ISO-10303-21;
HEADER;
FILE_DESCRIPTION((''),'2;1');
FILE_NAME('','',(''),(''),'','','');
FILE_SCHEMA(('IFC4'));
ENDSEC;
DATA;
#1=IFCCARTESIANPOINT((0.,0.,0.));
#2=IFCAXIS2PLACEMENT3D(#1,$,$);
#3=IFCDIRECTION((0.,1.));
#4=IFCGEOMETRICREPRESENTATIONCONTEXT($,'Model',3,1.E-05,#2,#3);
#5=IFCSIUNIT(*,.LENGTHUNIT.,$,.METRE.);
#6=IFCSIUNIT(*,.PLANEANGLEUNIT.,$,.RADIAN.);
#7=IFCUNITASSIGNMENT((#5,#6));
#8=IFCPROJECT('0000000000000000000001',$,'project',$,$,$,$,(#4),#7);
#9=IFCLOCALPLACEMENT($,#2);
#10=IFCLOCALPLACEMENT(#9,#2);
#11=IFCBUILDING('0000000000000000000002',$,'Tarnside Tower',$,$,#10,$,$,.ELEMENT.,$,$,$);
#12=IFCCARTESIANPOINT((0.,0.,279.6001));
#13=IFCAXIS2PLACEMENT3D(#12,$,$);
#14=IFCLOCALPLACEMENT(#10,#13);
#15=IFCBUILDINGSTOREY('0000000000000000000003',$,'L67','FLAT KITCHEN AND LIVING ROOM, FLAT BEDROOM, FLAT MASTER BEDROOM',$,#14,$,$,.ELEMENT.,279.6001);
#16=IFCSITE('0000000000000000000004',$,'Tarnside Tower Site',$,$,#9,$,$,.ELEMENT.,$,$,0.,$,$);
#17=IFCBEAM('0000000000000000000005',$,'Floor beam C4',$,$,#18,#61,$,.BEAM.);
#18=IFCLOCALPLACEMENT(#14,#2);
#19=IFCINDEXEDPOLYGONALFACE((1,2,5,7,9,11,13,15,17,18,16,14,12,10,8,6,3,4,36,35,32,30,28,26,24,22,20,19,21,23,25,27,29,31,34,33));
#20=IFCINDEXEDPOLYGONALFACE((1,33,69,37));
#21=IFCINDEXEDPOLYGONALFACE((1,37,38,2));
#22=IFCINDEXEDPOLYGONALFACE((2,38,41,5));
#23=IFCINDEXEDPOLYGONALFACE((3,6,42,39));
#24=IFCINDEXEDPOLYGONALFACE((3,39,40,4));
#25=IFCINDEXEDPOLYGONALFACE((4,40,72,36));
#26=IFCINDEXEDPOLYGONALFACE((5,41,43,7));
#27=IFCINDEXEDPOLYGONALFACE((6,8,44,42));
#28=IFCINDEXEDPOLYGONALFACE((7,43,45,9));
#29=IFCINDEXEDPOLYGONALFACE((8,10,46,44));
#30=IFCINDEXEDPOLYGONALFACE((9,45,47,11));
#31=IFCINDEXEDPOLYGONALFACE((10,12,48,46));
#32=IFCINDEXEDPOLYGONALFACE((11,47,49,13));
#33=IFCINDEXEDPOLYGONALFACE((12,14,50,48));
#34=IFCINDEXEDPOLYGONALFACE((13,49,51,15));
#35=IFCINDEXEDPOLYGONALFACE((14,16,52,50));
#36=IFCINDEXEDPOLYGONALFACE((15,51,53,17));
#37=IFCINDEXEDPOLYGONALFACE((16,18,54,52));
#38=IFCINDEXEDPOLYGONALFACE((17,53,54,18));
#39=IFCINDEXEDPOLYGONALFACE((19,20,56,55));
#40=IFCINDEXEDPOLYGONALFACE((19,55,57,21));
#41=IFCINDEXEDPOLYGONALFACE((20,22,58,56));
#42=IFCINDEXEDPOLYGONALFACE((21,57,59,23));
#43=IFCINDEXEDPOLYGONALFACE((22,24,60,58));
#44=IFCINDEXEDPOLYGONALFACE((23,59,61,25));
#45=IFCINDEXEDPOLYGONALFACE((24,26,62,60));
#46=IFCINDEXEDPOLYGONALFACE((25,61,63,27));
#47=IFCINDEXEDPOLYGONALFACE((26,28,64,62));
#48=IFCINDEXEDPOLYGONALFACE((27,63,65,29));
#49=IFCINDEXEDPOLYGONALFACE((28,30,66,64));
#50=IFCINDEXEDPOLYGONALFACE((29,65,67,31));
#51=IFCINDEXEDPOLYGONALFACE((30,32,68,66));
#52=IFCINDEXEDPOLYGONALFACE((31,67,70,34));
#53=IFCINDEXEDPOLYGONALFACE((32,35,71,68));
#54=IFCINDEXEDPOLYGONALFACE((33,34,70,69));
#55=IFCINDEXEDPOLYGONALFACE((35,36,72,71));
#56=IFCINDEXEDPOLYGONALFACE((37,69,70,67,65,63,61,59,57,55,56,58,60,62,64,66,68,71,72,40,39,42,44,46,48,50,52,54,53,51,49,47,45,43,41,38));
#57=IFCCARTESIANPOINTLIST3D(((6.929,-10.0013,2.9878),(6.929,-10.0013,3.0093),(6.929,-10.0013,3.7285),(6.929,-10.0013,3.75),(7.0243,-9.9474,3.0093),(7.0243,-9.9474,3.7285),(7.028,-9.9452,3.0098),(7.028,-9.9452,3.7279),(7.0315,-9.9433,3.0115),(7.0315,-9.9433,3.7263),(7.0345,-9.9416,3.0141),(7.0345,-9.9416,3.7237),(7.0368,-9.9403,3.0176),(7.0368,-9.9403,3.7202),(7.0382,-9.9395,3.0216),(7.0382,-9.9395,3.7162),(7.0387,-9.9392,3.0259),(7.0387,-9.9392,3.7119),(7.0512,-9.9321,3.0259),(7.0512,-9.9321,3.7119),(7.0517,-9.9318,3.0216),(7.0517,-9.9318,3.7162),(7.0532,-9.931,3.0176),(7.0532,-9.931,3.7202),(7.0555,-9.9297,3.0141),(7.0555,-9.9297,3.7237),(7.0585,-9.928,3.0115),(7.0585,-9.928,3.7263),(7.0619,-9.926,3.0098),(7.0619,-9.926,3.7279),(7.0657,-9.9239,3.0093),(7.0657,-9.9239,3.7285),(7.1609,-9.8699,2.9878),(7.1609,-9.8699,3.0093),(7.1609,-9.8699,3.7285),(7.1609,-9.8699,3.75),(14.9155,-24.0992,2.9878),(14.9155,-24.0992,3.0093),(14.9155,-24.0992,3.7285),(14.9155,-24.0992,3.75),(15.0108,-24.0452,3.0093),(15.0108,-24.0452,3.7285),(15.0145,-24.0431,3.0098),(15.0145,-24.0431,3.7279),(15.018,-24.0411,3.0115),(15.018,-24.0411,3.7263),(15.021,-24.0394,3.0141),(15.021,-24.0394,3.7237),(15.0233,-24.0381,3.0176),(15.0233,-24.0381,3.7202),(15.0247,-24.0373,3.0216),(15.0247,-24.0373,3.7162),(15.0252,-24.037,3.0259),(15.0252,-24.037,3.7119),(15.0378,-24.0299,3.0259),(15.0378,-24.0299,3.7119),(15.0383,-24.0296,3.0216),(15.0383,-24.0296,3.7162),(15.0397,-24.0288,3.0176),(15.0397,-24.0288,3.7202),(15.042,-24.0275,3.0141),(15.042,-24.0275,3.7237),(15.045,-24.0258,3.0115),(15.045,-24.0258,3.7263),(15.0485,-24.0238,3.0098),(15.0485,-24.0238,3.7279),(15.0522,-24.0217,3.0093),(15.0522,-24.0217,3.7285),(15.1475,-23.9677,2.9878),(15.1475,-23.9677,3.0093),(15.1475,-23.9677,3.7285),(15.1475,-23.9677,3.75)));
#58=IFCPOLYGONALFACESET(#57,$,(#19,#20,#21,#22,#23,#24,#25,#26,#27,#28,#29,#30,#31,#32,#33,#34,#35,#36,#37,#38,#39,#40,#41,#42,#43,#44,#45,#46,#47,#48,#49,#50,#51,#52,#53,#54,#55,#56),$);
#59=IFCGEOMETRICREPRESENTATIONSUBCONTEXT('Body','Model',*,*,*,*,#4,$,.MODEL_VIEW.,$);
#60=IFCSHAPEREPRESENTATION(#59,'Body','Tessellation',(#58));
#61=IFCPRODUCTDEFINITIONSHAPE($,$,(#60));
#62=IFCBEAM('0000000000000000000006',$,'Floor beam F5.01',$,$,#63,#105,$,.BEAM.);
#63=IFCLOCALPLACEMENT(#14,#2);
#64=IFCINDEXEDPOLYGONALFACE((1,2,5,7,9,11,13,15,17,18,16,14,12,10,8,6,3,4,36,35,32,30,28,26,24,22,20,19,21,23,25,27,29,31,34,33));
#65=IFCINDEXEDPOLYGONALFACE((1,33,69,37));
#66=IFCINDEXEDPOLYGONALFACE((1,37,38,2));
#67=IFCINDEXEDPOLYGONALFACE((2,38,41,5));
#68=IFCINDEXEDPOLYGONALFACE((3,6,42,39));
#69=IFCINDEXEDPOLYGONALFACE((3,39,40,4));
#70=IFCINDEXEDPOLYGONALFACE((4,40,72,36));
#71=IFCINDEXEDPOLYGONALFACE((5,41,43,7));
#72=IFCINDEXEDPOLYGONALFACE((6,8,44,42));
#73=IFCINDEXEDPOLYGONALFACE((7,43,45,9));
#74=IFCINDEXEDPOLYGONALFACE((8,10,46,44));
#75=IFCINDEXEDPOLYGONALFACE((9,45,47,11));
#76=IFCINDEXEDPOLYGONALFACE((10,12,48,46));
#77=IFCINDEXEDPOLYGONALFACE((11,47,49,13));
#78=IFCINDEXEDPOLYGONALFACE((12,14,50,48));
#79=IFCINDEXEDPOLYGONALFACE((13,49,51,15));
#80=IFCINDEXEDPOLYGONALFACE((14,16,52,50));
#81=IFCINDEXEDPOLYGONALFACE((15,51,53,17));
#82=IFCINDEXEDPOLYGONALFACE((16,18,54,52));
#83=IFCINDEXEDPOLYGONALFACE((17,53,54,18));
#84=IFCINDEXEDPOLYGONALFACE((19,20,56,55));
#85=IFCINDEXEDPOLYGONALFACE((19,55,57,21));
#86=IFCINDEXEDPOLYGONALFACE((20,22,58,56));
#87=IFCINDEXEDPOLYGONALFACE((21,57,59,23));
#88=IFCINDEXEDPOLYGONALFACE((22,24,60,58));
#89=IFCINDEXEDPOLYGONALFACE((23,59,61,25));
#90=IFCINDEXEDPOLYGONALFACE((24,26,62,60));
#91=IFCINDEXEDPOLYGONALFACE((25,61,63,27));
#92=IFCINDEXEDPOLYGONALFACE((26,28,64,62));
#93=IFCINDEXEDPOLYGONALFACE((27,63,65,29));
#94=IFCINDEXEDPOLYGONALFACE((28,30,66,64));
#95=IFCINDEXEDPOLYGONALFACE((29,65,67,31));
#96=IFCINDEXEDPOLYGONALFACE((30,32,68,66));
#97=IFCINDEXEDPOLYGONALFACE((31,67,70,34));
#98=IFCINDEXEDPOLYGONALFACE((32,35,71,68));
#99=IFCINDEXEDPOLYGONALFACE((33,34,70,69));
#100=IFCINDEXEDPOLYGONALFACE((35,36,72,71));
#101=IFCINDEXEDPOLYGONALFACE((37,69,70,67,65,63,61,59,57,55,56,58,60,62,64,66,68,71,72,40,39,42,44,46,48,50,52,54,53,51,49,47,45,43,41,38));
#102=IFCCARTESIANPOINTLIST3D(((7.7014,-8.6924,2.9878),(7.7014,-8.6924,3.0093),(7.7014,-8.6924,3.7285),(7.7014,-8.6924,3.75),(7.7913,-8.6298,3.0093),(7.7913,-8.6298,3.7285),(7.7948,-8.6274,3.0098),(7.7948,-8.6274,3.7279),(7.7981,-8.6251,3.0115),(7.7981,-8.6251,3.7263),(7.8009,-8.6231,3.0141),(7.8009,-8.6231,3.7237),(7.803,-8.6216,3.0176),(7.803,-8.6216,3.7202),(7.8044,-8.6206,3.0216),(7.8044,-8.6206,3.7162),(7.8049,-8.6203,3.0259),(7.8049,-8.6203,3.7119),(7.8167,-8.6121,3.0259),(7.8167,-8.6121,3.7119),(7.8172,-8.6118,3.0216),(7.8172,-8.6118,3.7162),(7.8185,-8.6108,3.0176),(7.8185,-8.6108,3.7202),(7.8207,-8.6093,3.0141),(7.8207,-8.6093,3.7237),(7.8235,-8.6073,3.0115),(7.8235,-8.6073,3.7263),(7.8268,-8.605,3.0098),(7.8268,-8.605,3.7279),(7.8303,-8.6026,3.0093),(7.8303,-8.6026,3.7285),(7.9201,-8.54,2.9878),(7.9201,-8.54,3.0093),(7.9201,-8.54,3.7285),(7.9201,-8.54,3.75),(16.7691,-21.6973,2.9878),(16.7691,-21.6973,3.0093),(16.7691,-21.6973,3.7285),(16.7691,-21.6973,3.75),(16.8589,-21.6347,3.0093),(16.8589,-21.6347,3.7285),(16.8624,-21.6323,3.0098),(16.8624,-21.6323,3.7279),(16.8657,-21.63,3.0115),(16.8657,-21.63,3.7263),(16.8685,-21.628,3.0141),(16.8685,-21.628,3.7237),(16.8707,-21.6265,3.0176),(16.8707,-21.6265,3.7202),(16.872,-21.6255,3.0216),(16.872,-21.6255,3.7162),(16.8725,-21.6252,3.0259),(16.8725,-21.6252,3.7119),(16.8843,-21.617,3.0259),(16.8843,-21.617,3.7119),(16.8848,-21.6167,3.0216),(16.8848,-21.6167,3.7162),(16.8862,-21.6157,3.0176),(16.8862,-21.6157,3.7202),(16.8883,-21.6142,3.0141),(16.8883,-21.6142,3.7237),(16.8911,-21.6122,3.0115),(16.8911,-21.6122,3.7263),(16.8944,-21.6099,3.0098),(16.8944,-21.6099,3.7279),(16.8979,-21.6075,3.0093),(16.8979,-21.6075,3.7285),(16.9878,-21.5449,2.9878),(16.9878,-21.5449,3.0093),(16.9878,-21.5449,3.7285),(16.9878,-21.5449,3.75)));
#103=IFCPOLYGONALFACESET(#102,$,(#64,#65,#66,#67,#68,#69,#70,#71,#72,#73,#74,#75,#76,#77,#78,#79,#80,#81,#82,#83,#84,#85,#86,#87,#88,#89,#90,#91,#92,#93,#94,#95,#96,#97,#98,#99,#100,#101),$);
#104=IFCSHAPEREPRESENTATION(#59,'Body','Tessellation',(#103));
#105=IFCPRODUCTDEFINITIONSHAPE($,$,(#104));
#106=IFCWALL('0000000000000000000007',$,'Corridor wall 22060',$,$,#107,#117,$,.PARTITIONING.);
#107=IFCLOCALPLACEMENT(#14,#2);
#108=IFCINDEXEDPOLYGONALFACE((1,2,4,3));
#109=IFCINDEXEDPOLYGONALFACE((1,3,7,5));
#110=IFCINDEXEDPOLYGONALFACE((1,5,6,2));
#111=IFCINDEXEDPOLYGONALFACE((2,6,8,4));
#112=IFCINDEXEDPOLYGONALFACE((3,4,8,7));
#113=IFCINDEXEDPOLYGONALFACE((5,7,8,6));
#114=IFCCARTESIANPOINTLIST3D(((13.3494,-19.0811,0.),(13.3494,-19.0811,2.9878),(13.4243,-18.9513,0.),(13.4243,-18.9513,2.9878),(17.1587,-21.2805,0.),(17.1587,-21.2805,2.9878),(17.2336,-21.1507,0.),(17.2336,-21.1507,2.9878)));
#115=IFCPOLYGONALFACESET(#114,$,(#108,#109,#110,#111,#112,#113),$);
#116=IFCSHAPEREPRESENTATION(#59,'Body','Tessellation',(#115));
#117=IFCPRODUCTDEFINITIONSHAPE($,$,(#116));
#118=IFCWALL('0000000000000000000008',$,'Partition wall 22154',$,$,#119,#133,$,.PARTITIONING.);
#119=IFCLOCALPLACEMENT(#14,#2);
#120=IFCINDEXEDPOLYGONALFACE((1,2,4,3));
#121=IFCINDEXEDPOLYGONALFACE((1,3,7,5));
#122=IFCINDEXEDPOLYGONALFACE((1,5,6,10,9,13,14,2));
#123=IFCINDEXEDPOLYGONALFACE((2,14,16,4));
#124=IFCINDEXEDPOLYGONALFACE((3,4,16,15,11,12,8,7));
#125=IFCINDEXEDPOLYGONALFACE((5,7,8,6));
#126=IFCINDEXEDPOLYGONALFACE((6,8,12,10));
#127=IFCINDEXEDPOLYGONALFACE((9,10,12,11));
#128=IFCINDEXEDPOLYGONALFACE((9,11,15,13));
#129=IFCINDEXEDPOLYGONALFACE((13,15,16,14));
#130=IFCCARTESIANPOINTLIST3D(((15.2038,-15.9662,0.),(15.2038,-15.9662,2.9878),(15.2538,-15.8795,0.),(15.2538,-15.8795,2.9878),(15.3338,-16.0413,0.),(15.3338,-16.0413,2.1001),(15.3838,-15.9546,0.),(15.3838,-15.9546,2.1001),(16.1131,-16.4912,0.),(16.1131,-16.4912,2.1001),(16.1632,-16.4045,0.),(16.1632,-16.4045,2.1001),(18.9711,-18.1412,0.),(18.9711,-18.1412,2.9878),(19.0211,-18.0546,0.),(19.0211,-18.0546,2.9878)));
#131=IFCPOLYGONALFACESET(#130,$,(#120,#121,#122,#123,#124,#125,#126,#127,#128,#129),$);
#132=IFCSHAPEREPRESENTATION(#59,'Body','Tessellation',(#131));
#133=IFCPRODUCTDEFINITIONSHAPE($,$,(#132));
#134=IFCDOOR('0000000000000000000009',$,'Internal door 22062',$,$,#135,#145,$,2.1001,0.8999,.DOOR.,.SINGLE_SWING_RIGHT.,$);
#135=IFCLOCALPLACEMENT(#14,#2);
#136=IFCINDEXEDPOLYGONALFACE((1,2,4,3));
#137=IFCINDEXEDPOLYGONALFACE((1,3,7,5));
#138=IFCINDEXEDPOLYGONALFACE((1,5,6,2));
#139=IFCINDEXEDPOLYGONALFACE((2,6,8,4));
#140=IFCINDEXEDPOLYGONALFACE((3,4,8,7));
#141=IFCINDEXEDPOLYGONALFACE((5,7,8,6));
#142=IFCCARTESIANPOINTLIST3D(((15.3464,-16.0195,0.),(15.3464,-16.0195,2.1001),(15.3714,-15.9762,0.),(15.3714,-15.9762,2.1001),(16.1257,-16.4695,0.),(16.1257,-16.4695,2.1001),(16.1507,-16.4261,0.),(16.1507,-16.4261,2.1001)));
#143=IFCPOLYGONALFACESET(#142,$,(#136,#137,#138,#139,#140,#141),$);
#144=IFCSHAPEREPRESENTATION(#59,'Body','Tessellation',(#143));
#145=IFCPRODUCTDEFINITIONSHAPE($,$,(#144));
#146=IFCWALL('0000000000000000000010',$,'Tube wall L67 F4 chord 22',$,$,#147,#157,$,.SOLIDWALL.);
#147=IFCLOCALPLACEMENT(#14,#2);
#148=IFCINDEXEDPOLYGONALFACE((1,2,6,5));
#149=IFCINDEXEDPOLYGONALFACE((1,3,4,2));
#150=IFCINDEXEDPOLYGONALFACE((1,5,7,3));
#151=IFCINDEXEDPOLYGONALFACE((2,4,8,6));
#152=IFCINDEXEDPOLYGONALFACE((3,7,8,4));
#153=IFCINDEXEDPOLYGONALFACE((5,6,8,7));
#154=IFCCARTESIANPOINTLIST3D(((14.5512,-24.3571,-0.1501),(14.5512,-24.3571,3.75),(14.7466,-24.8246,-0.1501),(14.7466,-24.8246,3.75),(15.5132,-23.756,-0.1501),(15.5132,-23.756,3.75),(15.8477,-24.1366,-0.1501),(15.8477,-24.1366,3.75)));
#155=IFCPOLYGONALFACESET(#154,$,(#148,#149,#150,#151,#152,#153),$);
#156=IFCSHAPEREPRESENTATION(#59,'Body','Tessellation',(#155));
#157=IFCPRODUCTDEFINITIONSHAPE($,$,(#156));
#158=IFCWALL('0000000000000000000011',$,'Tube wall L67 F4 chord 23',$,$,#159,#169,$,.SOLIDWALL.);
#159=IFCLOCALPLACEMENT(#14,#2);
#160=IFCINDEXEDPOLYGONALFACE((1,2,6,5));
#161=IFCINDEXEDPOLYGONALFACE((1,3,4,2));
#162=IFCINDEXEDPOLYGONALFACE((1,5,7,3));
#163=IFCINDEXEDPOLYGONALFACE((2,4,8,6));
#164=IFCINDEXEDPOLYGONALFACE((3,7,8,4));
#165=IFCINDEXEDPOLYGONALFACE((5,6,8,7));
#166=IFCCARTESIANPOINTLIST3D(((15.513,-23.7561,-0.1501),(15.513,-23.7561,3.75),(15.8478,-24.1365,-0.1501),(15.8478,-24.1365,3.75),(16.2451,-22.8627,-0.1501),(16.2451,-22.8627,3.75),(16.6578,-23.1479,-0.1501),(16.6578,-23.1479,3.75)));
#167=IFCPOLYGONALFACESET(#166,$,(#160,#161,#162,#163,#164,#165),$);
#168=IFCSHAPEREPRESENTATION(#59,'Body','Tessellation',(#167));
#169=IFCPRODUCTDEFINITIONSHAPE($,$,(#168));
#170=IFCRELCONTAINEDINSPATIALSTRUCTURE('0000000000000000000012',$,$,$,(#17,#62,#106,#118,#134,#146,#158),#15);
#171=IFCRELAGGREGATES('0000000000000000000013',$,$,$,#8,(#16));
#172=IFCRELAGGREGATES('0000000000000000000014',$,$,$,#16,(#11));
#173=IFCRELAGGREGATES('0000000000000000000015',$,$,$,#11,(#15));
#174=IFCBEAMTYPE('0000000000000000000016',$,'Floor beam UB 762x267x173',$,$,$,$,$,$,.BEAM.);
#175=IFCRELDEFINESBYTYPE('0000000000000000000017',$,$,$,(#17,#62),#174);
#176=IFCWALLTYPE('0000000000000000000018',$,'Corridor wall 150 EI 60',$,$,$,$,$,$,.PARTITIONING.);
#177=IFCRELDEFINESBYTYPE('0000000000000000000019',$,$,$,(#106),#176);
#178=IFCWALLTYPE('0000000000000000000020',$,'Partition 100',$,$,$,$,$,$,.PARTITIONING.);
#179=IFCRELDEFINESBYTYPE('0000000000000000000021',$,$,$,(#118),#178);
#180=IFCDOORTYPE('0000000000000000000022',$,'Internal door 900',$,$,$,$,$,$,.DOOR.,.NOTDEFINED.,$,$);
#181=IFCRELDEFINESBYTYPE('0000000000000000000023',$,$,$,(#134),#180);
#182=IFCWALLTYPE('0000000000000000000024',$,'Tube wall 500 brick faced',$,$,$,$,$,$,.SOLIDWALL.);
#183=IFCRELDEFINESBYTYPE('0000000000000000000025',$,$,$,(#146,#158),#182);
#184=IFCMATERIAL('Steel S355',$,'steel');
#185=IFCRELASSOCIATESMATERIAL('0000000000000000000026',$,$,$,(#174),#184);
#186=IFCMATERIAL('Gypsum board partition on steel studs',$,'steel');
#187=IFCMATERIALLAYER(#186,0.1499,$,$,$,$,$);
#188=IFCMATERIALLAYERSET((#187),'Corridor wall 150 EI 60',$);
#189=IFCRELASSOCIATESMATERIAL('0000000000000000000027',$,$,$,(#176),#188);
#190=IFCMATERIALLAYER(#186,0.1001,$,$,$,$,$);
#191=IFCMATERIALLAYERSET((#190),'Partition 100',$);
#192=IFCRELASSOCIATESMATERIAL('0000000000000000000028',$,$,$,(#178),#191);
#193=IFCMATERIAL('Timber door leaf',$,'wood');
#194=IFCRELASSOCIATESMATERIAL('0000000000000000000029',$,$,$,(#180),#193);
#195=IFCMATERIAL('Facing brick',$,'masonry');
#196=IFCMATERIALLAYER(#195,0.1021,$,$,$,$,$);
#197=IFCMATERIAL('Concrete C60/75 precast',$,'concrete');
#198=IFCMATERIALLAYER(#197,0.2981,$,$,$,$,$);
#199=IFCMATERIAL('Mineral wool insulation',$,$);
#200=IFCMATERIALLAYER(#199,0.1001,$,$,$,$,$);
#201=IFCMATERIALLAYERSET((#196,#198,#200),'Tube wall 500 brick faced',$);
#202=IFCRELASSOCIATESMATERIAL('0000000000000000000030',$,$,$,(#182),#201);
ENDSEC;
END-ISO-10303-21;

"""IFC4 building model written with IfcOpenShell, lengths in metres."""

from ifc_helpers import new_model, si_unit, direction, frame, frame_2d, origin, origin_2d, place, context, subcontext, project, spatial, polyline, rectangle, i_section, outline, extrude, material, layer, layer_set, material_profile, profile_set, type_object, element, fill, save


model = new_model("IFC4")

# Units and contexts
model_context = context("Model", 3, precision=1e-05, world=origin(), true_north=direction((0.0, 1.0)))
body_context = subcontext(model_context, "Body", "Model", "MODEL_VIEW")
ifc_project = project(units=[si_unit("LENGTHUNIT", "METRE"), si_unit("PLANEANGLEUNIT", "RADIAN")], contexts=[model_context])

# Site, building, storey
site_placement = place(None, origin())
site = spatial("IfcSite", under=ifc_project, at=site_placement, Name="Tarnside Tower Site", CompositionType="ELEMENT", RefElevation=0.0)
building_placement = place(site_placement, origin())
building = spatial("IfcBuilding", under=site, at=building_placement, Name="Tarnside Tower", CompositionType="ELEMENT")
storey_placement = place(building_placement, frame((0.0, 0.0, 279.6001)))
storey = spatial("IfcBuildingStorey", under=building, at=storey_placement, Name="L67", Description="FLAT KITCHEN AND LIVING ROOM, FLAT BEDROOM, FLAT MASTER BEDROOM", CompositionType="ELEMENT", Elevation=279.6001)

# Beams
ifc_material_1 = material(Name="Steel S355", Category="steel")
ifc_material_profile = material_profile(ifc_material_1, i_section(OverallWidth=0.2666, OverallDepth=0.7622, WebThickness=0.0144, FlangeThickness=0.0215, FilletRadius=0.0166, at=origin_2d()), Name="UB 762x267x173")
ifc_profile_set = profile_set([ifc_material_profile], Name="Steel S355")
beam_type = type_object("IfcBeamType", Name="Floor beam UB 762x267x173", PredefinedType="BEAM", material=ifc_profile_set)
beam_1_placement = place(storey_placement, frame((15.0315, -24.0334, 3.3689), z_axis=(-0.492908, 0.870081, 0.0), x_axis=(-0.870081, -0.492908, 0.0)))
element("IfcBeam", 1, at=beam_1_placement, inside=storey, type_object=beam_type, Name="Floor beam C4", PredefinedType="BEAM", context=body_context, shape_type="SweptSolid", body=[
    extrude(i_section(OverallWidth=0.2666, OverallDepth=0.7622, WebThickness=0.0144, FlangeThickness=0.0215, FilletRadius=0.0166, at=origin_2d()), origin(), (0.0, 0.0, 1.0), 16.2029),
])
beam_2_placement = place(storey_placement, frame((16.8784, -21.6211, 3.3689), z_axis=(-0.571946, 0.820291, 0.0), x_axis=(-0.820291, -0.571946, 0.0)))
element("IfcBeam", 2, at=beam_2_placement, inside=storey, type_object=beam_type, Name="Floor beam F5.01", PredefinedType="BEAM", context=body_context, shape_type="SweptSolid", body=[
    extrude(i_section(OverallWidth=0.2666, OverallDepth=0.7622, WebThickness=0.0144, FlangeThickness=0.0215, FilletRadius=0.0166, at=origin_2d()), origin(), (0.0, 0.0, 1.0), 15.854),
])

# Wall
ifc_material_2 = material(Name="Gypsum board partition on steel studs", Category="steel")
ifc_layer_1 = layer(ifc_material_2, 0.1499)
ifc_layer_set_1 = layer_set([ifc_layer_1], Name="Corridor wall 150 EI 60")
wall_type_1 = type_object("IfcWallType", Name="Corridor wall 150 EI 60", PredefinedType="PARTITIONING", material=ifc_layer_set_1)
wall_1_placement = place(storey_placement, frame((17.196, -21.2156, 0.0), z_axis=(0.0, 0.0, 1.0), x_axis=(-0.866011, 0.500025, 0.0)))
element("IfcWall", 3, at=wall_1_placement, inside=storey, type_object=wall_type_1, Name="Corridor wall 22060", PredefinedType="PARTITIONING", context=body_context, shape_type="SweptSolid", body=[
    extrude(rectangle(XDim=4.3987, YDim=0.1499, at=frame_2d((2.1992, 0.0))), origin(), (0.0, 0.0, 1.0), 2.9878),
])

# Wall, opening, door
ifc_layer_2 = layer(ifc_material_2, 0.1001)
ifc_layer_set_2 = layer_set([ifc_layer_2], Name="Partition 100")
wall_type_2 = type_object("IfcWallType", Name="Partition 100", PredefinedType="PARTITIONING", material=ifc_layer_set_2)
wall_2_placement = place(storey_placement, frame((18.9961, -18.0979, 0.0), z_axis=(0.0, 0.0, 1.0), x_axis=(-0.866028, 0.499996, 0.0)))
wall_2 = element("IfcWall", 4, at=wall_2_placement, inside=storey, type_object=wall_type_2, Name="Partition wall 22154", PredefinedType="PARTITIONING", context=body_context, shape_type="SweptSolid", body=[
    extrude(rectangle(XDim=4.3501, YDim=0.1001, at=frame_2d((2.175, 0.0))), origin(), (0.0, 0.0, 1.0), 2.9878),
])
opening_1_placement = place(wall_2_placement, frame((3.3, 0.0, 0.0)))
opening_1 = element("IfcOpeningElement", 5, at=opening_1_placement, cuts=wall_2, PredefinedType="OPENING", context=body_context, shape_type="SweptSolid", body=[
    extrude(rectangle(XDim=0.8999, YDim=2.1001, at=frame_2d((0.45, 1.05))), frame((0.0, 0.0601, 0.0), z_axis=(0.0, -1.0, 0.0), x_axis=(1.0, 0.0, 0.0)), (0.0, 0.0, 1.0), 0.1201),
])
ifc_material_3 = material(Name="Timber door leaf", Category="wood")
door_type = type_object("IfcDoorType", Name="Internal door 900", OperationType="NOTDEFINED", PredefinedType="DOOR", material=ifc_material_3)
door_placement = place(opening_1_placement, origin())
door = element("IfcDoor", 6, at=door_placement, inside=storey, type_object=door_type, Name="Internal door 22062", OperationType="SINGLE_SWING_RIGHT", OverallHeight=2.1001, OverallWidth=0.8999, PredefinedType="DOOR", context=body_context, shape_type="SweptSolid", body=[
    extrude(rectangle(XDim=0.8999, YDim=2.1001, at=frame_2d((0.45, 1.05))), frame((0.0, 0.0249, 0.0), z_axis=(0.0, -1.0, 0.0), x_axis=(1.0, 0.0, 0.0)), (0.0, 0.0, 1.0), 0.05),
])
fill(opening_1, door)

# Walls
ifc_material_4 = material(Name="Facing brick", Category="masonry")
ifc_layer_3 = layer(ifc_material_4, 0.1021)
ifc_material_5 = material(Name="Concrete C60/75 precast", Category="concrete")
ifc_layer_4 = layer(ifc_material_5, 0.2981)
ifc_material_6 = material(Name="Mineral wool insulation")
ifc_layer_5 = layer(ifc_material_6, 0.1001)
ifc_layer_set_3 = layer_set([ifc_layer_3, ifc_layer_4, ifc_layer_5], Name="Tube wall 500 brick faced")
wall_type_3 = type_object("IfcWallType", Name="Tube wall 500 brick faced", PredefinedType="SOLIDWALL", material=ifc_layer_set_3)
wall_3_placement = place(storey_placement, frame((14.6489, -24.5908, -0.1501), z_axis=(0.0, 0.0, 1.0), x_axis=(0.848055, 0.529909, 0.0)))
element("IfcWall", 7, at=wall_3_placement, inside=storey, type_object=wall_type_3, Name="Tube wall L67 F4 chord 22", PredefinedType="SOLIDWALL", context=body_context, shape_type="SweptSolid", body=[
    extrude(outline(polyline([(-0.041, -0.25), (1.2573, -0.25), (1.1753, 0.25), (0.041, 0.25), (-0.041, -0.25)])), origin(), (0.0, 0.0, 1.0), 3.9001),
])
wall_4_placement = place(storey_placement, frame((15.6804, -23.9463, -0.1501), z_axis=(0.0, 0.0, 1.0), x_axis=(0.633806, 0.773492, 0.0)))
element("IfcWall", 8, at=wall_4_placement, inside=storey, type_object=wall_type_3, Name="Tube wall L67 F4 chord 23", PredefinedType="SOLIDWALL", context=body_context, shape_type="SweptSolid", body=[
    extrude(outline(polyline([(-0.041, -0.25), (1.2371, -0.25), (1.196, 0.25), (0.041, 0.25), (-0.041, -0.25)])), origin(), (0.0, 0.0, 1.0), 3.9001),
])

save(model, "model.ifc")
